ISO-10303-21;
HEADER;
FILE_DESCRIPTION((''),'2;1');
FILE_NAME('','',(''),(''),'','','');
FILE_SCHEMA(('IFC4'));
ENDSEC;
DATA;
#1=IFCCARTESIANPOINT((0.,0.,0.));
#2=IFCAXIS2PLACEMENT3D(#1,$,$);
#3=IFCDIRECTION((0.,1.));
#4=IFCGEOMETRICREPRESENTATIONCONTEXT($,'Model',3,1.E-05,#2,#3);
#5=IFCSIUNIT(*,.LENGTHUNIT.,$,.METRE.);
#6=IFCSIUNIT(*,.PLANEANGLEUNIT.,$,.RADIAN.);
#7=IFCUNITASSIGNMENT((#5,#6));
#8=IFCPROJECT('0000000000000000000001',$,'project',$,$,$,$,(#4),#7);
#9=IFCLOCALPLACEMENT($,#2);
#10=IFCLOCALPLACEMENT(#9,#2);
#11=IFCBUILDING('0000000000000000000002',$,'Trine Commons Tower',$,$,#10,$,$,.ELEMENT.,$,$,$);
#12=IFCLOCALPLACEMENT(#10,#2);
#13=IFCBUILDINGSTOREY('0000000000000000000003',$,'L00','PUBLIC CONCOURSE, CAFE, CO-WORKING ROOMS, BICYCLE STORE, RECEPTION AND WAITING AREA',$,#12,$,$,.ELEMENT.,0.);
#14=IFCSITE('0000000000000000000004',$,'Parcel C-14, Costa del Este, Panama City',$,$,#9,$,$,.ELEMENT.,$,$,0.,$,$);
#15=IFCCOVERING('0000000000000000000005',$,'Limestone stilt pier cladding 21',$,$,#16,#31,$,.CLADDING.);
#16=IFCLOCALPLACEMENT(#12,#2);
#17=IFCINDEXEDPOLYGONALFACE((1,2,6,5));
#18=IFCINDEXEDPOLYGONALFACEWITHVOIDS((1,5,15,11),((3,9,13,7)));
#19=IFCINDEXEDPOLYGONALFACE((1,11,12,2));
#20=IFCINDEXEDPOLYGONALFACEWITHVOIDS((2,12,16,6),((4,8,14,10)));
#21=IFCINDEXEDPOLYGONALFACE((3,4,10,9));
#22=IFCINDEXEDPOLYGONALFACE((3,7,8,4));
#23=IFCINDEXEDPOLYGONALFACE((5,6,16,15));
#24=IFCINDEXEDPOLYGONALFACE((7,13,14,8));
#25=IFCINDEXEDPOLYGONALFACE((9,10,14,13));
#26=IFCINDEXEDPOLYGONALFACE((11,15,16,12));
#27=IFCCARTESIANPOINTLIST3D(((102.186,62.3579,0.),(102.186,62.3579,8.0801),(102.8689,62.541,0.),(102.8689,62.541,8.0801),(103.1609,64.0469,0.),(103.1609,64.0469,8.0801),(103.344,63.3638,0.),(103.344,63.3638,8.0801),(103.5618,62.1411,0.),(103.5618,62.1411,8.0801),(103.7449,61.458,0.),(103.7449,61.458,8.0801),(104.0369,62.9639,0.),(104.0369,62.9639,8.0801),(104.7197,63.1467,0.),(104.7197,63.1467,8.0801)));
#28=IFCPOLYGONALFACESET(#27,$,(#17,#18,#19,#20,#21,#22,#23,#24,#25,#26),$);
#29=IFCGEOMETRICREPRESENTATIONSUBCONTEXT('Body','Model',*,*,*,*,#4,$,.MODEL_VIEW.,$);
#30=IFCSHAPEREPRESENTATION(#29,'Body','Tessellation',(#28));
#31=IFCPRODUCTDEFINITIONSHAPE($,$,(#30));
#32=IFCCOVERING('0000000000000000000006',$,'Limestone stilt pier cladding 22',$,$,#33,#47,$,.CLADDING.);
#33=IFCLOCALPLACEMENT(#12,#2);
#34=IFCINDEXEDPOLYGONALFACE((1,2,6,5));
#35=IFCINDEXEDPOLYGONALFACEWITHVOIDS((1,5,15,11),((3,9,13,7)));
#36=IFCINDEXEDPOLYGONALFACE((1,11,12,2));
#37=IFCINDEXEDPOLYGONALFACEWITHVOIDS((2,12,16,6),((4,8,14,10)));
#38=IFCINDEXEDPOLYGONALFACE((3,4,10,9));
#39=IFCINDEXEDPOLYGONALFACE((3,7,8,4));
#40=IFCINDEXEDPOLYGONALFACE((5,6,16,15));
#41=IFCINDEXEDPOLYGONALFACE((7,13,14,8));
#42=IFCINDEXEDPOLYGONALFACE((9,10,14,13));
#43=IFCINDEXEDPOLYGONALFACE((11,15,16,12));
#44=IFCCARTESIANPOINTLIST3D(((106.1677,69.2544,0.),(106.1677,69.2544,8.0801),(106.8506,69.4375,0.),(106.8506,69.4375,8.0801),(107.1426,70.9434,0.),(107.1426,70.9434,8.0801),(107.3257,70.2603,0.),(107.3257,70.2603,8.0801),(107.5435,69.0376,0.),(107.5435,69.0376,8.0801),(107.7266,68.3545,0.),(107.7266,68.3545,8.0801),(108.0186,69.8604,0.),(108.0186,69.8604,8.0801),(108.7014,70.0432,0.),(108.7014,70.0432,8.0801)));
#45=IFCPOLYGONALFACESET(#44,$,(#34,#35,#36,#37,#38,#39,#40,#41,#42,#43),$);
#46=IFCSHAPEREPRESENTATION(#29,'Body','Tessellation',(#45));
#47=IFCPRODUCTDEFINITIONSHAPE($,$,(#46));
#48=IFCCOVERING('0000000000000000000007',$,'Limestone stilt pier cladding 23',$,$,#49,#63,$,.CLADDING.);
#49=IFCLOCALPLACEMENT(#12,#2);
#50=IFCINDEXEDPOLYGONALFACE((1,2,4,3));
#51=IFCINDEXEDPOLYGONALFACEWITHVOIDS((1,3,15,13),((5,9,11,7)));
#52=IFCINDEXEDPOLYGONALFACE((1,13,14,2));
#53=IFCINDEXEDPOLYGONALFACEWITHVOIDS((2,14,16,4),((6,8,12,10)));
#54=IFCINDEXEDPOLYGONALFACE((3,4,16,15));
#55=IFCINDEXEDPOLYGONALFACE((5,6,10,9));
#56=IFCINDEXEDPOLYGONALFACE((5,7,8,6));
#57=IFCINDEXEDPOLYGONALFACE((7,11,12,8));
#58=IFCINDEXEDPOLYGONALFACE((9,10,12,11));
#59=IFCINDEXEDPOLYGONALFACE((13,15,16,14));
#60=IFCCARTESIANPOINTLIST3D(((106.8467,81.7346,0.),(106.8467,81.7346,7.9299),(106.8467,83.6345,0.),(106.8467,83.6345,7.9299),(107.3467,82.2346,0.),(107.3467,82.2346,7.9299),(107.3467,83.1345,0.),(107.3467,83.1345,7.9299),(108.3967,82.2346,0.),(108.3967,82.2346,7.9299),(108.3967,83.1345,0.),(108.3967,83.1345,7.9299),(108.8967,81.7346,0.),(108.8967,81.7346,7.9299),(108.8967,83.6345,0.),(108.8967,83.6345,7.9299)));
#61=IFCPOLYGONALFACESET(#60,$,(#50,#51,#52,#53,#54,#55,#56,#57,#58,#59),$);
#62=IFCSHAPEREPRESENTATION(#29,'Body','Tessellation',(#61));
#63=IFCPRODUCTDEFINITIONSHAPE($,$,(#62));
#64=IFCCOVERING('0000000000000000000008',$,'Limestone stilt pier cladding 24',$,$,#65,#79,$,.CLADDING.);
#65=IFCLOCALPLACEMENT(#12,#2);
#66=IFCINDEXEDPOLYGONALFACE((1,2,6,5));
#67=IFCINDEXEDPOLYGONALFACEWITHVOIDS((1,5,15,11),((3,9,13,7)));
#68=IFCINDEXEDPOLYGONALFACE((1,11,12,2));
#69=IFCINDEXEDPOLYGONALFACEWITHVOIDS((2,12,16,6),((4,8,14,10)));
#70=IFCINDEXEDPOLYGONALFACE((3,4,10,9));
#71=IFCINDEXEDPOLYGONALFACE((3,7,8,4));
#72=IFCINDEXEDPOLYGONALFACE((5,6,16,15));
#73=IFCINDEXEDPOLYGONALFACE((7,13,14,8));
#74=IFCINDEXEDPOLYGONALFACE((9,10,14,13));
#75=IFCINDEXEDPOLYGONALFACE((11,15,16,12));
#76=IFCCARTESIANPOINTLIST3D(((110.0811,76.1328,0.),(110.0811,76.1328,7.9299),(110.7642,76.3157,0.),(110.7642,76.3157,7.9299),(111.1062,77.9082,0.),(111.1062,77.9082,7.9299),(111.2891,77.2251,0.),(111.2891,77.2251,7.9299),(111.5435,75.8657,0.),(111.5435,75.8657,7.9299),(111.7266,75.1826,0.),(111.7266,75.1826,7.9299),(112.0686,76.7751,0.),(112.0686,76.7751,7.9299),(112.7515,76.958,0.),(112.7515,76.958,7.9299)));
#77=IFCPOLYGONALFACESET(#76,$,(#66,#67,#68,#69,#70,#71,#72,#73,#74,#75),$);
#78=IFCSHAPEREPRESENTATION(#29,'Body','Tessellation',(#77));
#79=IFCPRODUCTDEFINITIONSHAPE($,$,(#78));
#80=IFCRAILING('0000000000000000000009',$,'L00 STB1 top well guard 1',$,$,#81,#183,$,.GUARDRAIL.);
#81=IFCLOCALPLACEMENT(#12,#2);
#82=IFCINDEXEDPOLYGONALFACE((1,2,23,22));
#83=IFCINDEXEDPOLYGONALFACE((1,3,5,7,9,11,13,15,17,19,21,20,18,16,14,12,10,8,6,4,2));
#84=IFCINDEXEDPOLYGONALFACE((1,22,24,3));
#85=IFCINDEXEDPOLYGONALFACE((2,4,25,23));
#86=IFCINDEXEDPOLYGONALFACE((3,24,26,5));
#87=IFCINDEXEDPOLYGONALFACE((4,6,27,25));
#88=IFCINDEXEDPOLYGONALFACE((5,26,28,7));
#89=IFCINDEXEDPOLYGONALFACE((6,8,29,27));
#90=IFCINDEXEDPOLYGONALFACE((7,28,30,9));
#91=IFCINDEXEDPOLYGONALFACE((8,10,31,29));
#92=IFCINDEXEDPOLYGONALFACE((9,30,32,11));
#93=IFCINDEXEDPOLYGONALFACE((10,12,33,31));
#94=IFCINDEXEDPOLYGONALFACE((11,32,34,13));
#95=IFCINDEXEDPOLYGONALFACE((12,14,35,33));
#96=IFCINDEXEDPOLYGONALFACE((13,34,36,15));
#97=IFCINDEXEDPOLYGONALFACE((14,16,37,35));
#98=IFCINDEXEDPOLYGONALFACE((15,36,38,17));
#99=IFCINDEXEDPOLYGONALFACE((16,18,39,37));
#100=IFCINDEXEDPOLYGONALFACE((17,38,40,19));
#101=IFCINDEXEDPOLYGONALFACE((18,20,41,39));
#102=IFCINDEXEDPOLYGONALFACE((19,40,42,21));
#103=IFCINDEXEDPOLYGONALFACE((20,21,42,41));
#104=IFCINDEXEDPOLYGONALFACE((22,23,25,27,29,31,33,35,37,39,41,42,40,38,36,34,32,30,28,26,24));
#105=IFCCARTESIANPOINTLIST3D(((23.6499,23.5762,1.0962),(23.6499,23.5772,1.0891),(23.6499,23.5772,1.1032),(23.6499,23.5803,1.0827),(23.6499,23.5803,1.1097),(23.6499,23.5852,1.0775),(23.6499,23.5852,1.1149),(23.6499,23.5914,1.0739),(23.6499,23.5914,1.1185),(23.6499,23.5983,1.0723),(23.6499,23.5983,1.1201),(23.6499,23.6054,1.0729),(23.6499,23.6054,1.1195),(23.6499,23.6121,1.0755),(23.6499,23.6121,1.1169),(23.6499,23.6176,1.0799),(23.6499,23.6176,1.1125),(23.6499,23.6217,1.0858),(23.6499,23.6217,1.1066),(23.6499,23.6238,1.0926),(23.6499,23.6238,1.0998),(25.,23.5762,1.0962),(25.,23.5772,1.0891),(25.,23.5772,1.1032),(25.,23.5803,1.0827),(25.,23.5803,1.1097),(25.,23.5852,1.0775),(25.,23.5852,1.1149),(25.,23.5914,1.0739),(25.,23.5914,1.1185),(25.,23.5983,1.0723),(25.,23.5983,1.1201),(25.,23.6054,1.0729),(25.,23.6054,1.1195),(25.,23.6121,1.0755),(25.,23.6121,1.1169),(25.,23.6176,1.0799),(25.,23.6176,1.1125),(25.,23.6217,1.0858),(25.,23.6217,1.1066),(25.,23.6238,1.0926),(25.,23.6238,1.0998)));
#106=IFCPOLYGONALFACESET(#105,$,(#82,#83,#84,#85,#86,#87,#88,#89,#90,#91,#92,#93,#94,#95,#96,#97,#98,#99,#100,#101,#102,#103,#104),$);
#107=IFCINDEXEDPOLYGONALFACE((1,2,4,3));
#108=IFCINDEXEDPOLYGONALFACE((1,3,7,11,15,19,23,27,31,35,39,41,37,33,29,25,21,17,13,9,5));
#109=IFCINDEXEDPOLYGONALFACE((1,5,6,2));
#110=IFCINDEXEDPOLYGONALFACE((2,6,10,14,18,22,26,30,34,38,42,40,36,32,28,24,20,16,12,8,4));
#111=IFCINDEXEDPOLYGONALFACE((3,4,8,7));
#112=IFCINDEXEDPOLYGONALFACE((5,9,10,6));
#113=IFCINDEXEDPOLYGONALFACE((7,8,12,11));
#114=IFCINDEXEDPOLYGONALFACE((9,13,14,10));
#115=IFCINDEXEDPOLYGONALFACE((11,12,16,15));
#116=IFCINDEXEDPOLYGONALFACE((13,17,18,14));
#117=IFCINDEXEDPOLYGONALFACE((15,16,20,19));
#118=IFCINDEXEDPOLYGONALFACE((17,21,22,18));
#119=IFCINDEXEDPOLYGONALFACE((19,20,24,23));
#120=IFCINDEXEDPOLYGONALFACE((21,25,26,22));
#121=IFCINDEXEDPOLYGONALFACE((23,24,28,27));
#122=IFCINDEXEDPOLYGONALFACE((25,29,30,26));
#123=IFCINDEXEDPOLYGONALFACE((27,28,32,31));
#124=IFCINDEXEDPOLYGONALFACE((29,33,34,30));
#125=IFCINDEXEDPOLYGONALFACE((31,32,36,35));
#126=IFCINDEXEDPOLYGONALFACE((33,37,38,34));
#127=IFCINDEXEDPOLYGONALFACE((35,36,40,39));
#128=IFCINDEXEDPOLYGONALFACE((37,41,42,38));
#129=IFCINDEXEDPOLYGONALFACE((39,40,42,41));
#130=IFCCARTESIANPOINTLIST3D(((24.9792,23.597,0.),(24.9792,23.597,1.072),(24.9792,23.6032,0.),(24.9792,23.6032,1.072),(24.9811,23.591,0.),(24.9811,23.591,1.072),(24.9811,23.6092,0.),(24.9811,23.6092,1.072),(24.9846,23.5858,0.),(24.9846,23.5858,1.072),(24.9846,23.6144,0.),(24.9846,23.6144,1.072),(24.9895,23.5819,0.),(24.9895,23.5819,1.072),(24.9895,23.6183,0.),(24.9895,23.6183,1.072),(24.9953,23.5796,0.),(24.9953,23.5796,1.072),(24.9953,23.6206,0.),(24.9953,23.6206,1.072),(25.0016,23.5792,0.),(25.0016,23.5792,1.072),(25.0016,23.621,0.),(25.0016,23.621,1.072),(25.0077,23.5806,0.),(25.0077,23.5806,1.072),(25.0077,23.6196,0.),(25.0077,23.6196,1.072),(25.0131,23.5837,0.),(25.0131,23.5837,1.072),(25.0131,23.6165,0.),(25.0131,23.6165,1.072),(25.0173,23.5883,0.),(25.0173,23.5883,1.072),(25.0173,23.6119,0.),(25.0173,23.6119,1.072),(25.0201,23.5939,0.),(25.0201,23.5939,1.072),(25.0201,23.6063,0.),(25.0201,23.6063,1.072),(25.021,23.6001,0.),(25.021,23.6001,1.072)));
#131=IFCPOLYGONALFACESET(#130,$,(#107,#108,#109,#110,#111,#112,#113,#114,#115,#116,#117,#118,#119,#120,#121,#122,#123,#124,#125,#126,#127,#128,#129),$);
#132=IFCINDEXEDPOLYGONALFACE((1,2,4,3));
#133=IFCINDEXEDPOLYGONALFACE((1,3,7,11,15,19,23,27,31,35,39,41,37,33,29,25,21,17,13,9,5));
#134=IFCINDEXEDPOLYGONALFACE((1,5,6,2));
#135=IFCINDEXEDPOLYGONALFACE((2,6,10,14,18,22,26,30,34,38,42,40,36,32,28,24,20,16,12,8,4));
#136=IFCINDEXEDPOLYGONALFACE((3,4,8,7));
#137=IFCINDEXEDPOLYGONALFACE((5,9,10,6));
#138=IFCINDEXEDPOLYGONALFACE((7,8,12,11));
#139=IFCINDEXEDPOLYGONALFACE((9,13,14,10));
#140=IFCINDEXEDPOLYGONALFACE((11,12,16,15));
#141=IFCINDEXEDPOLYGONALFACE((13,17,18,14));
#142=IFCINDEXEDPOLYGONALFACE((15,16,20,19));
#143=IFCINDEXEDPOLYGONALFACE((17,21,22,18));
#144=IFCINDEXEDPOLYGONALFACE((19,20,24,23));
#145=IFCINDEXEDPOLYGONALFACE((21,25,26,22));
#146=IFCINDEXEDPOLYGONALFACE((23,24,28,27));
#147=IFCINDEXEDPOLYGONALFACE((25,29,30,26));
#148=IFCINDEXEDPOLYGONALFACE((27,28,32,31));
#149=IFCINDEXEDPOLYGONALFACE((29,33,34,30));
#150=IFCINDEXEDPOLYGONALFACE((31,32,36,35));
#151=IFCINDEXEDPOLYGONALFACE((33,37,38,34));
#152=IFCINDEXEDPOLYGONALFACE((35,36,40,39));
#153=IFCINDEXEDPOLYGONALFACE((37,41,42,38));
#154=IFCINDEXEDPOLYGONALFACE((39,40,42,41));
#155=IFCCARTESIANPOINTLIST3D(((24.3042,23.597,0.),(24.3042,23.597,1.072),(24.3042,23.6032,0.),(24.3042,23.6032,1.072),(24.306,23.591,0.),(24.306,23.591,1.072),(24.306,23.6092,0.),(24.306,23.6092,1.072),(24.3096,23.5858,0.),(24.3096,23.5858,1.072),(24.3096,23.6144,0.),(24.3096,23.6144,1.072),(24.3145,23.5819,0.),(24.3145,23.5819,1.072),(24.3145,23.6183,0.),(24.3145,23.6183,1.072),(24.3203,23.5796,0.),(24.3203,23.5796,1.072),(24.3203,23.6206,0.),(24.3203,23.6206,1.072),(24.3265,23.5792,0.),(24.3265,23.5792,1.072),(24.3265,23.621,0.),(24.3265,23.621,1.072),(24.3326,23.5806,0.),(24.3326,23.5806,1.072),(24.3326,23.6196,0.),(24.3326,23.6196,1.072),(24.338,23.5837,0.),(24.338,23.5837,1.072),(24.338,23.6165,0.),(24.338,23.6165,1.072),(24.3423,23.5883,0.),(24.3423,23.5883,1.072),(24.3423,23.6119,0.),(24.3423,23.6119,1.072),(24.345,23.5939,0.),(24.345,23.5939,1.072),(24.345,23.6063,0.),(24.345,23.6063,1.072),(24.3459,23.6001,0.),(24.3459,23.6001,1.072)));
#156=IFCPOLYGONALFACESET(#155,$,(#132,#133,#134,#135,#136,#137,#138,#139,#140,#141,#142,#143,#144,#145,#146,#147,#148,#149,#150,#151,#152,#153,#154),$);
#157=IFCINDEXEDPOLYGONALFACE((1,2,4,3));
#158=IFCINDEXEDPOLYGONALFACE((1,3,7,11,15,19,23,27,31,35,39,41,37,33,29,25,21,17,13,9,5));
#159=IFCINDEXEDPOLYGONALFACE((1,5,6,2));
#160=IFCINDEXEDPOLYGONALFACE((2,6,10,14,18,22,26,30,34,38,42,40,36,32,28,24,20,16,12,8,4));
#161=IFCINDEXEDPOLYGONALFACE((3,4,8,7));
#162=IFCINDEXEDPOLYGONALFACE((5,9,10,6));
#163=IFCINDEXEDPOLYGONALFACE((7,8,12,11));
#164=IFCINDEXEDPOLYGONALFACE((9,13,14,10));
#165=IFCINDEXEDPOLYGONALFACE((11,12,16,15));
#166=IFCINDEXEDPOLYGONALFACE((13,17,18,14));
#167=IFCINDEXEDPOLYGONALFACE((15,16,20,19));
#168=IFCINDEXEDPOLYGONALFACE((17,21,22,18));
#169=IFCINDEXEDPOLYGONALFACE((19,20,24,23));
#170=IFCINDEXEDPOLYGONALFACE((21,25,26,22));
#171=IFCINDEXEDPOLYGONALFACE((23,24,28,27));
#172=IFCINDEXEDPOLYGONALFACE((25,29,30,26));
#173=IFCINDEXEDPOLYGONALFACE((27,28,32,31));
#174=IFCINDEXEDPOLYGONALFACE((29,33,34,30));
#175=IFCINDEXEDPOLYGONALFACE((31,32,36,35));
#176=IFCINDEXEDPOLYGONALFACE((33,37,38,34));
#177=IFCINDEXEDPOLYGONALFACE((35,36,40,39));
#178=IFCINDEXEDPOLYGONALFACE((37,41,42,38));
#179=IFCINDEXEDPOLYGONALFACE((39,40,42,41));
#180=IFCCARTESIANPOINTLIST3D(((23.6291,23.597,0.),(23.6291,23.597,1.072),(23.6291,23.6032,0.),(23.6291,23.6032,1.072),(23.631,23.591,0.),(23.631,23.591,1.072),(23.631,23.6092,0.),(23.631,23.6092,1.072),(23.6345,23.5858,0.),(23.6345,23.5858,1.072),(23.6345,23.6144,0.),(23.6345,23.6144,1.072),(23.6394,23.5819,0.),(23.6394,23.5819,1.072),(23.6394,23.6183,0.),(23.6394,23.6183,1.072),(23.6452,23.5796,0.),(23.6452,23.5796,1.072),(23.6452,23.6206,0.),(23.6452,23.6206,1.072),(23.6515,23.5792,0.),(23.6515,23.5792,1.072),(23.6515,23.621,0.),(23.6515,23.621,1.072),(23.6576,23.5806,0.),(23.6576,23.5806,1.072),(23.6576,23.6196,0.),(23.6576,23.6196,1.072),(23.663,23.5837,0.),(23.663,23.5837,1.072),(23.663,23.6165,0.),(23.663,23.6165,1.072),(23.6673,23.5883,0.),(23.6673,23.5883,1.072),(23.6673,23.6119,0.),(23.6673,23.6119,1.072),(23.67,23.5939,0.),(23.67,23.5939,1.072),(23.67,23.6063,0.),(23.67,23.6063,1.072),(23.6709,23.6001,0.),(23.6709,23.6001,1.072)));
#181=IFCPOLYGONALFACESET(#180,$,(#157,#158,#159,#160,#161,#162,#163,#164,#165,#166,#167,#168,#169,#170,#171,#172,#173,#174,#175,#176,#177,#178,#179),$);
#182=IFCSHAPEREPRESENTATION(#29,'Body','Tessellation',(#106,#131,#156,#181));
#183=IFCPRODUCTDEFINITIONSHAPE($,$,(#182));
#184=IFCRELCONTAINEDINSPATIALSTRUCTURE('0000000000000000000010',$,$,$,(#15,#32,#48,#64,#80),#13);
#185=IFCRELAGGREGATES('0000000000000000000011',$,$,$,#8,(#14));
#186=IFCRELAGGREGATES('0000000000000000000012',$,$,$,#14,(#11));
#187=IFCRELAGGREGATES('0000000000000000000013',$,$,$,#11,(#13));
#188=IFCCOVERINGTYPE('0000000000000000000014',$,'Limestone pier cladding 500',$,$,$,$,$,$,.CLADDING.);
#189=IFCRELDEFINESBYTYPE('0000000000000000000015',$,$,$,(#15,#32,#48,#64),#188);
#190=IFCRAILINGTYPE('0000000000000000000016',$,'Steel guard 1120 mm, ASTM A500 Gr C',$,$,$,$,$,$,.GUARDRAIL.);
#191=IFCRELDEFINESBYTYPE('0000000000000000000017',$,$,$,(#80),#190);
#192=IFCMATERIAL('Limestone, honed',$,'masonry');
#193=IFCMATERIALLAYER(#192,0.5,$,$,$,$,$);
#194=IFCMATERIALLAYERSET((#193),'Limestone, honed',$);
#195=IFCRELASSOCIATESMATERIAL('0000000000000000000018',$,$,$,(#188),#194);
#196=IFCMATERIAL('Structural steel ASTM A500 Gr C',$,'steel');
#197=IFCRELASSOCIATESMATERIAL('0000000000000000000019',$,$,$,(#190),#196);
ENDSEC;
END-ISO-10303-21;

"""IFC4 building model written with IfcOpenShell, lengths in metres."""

from ifc_helpers import new_model, si_unit, direction, frame, origin, origin_2d, place, context, subcontext, project, spatial, polyline, circle, outline, extrude, material, layer, layer_set, type_object, element, save


model = new_model("IFC4")

# Units and contexts
model_context = context("Model", 3, precision=1e-05, world=origin(), true_north=direction((0.0, 1.0)))
body_context = subcontext(model_context, "Body", "Model", "MODEL_VIEW")
ifc_project = project(units=[si_unit("LENGTHUNIT", "METRE"), si_unit("PLANEANGLEUNIT", "RADIAN")], contexts=[model_context])

# Site, building, storey
site_placement = place(None, origin())
site = spatial("IfcSite", under=ifc_project, at=site_placement, Name="Parcel C-14, Costa del Este, Panama City", CompositionType="ELEMENT", RefElevation=0.0)
building_placement = place(site_placement, origin())
building = spatial("IfcBuilding", under=site, at=building_placement, Name="Trine Commons Tower", CompositionType="ELEMENT")
storey_placement = place(building_placement, origin())
storey = spatial("IfcBuildingStorey", under=building, at=storey_placement, Name="L00", Description="PUBLIC CONCOURSE, CAFE, CO-WORKING ROOMS, BICYCLE STORE, RECEPTION AND WAITING AREA", CompositionType="ELEMENT", Elevation=0.0)

# Coverings
ifc_material_1 = material(Name="Limestone, honed", Category="masonry")
ifc_layer_1 = layer(ifc_material_1, 0.5)
ifc_layer_set_1 = layer_set([ifc_layer_1], Name="Limestone, honed")
covering_type = type_object("IfcCoveringType", Name="Limestone pier cladding 500", PredefinedType="CLADDING", material=ifc_layer_set_1)
covering_1_placement = place(storey_placement, origin())
element("IfcCovering", 1, at=covering_1_placement, inside=storey, type_object=covering_type, Name="Limestone stilt pier cladding 21", PredefinedType="CLADDING", context=body_context, shape_type="SweptSolid", body=[
    extrude(outline(polyline([(104.7197, 63.1467), (103.1609, 64.0469), (102.186, 62.3579), (103.7449, 61.458), (104.7197, 63.1467)]), holes=[polyline([(104.0369, 62.9639), (103.344, 63.3638), (102.8689, 62.541), (103.5618, 62.1411), (104.0369, 62.9639)])]), origin(), (0.0, 0.0, 1.0), 8.0801),
])
covering_2_placement = place(storey_placement, origin())
element("IfcCovering", 2, at=covering_2_placement, inside=storey, type_object=covering_type, Name="Limestone stilt pier cladding 22", PredefinedType="CLADDING", context=body_context, shape_type="SweptSolid", body=[
    extrude(outline(polyline([(108.7014, 70.0432), (107.1426, 70.9434), (106.1677, 69.2544), (107.7266, 68.3545), (108.7014, 70.0432)]), holes=[polyline([(108.0186, 69.8604), (107.3257, 70.2603), (106.8506, 69.4375), (107.5435, 69.0376), (108.0186, 69.8604)])]), origin(), (0.0, 0.0, 1.0), 8.0801),
])
covering_3_placement = place(storey_placement, origin())
element("IfcCovering", 3, at=covering_3_placement, inside=storey, type_object=covering_type, Name="Limestone stilt pier cladding 23", PredefinedType="CLADDING", context=body_context, shape_type="SweptSolid", body=[
    extrude(outline(polyline([(108.8967, 81.7346), (108.8967, 83.6345), (106.8467, 83.6345), (106.8467, 81.7346), (108.8967, 81.7346)]), holes=[polyline([(108.3967, 82.2346), (108.3967, 83.1345), (107.3467, 83.1345), (107.3467, 82.2346), (108.3967, 82.2346)])]), origin(), (0.0, 0.0, 1.0), 7.9299),
])
covering_4_placement = place(storey_placement, origin())
element("IfcCovering", 4, at=covering_4_placement, inside=storey, type_object=covering_type, Name="Limestone stilt pier cladding 24", PredefinedType="CLADDING", context=body_context, shape_type="SweptSolid", body=[
    extrude(outline(polyline([(112.7515, 76.958), (111.1062, 77.9082), (110.0811, 76.1328), (111.7266, 75.1826), (112.7515, 76.958)]), holes=[polyline([(112.0686, 76.7751), (111.2891, 77.2251), (110.7642, 76.3157), (111.5435, 75.8657), (112.0686, 76.7751)])]), origin(), (0.0, 0.0, 1.0), 7.9299),
])

# Railing
ifc_material_2 = material(Name="Structural steel ASTM A500 Gr C", Category="steel")
railing_type = type_object("IfcRailingType", Name="Steel guard 1120 mm, ASTM A500 Gr C", PredefinedType="GUARDRAIL", material=ifc_material_2)
railing_placement = place(storey_placement, frame((25.0, 23.6001, 0.0)))
element("IfcRailing", 5, at=railing_placement, inside=storey, type_object=railing_type, Name="L00 STB1 top well guard 1", PredefinedType="GUARDRAIL", context=body_context, shape_type="SweptSolid", body=[
    extrude(circle(Radius=0.0239, at=origin_2d()), frame((0.0, 0.0, 1.0962), z_axis=(-1.0, 0.0, 0.0), x_axis=(0.0, -1.0, 0.0)), (0.0, 0.0, 1.0), 1.3501),
    extrude(circle(Radius=0.021, at=origin_2d()), origin(), (0.0, 0.0, 1.0), 1.072),
    extrude(circle(Radius=0.021, at=origin_2d()), frame((-0.675, 0.0, 0.0)), (0.0, 0.0, 1.0), 1.072),
    extrude(circle(Radius=0.021, at=origin_2d()), frame((-1.3501, 0.0, 0.0)), (0.0, 0.0, 1.0), 1.072),
])

save(model, "model.ifc")
